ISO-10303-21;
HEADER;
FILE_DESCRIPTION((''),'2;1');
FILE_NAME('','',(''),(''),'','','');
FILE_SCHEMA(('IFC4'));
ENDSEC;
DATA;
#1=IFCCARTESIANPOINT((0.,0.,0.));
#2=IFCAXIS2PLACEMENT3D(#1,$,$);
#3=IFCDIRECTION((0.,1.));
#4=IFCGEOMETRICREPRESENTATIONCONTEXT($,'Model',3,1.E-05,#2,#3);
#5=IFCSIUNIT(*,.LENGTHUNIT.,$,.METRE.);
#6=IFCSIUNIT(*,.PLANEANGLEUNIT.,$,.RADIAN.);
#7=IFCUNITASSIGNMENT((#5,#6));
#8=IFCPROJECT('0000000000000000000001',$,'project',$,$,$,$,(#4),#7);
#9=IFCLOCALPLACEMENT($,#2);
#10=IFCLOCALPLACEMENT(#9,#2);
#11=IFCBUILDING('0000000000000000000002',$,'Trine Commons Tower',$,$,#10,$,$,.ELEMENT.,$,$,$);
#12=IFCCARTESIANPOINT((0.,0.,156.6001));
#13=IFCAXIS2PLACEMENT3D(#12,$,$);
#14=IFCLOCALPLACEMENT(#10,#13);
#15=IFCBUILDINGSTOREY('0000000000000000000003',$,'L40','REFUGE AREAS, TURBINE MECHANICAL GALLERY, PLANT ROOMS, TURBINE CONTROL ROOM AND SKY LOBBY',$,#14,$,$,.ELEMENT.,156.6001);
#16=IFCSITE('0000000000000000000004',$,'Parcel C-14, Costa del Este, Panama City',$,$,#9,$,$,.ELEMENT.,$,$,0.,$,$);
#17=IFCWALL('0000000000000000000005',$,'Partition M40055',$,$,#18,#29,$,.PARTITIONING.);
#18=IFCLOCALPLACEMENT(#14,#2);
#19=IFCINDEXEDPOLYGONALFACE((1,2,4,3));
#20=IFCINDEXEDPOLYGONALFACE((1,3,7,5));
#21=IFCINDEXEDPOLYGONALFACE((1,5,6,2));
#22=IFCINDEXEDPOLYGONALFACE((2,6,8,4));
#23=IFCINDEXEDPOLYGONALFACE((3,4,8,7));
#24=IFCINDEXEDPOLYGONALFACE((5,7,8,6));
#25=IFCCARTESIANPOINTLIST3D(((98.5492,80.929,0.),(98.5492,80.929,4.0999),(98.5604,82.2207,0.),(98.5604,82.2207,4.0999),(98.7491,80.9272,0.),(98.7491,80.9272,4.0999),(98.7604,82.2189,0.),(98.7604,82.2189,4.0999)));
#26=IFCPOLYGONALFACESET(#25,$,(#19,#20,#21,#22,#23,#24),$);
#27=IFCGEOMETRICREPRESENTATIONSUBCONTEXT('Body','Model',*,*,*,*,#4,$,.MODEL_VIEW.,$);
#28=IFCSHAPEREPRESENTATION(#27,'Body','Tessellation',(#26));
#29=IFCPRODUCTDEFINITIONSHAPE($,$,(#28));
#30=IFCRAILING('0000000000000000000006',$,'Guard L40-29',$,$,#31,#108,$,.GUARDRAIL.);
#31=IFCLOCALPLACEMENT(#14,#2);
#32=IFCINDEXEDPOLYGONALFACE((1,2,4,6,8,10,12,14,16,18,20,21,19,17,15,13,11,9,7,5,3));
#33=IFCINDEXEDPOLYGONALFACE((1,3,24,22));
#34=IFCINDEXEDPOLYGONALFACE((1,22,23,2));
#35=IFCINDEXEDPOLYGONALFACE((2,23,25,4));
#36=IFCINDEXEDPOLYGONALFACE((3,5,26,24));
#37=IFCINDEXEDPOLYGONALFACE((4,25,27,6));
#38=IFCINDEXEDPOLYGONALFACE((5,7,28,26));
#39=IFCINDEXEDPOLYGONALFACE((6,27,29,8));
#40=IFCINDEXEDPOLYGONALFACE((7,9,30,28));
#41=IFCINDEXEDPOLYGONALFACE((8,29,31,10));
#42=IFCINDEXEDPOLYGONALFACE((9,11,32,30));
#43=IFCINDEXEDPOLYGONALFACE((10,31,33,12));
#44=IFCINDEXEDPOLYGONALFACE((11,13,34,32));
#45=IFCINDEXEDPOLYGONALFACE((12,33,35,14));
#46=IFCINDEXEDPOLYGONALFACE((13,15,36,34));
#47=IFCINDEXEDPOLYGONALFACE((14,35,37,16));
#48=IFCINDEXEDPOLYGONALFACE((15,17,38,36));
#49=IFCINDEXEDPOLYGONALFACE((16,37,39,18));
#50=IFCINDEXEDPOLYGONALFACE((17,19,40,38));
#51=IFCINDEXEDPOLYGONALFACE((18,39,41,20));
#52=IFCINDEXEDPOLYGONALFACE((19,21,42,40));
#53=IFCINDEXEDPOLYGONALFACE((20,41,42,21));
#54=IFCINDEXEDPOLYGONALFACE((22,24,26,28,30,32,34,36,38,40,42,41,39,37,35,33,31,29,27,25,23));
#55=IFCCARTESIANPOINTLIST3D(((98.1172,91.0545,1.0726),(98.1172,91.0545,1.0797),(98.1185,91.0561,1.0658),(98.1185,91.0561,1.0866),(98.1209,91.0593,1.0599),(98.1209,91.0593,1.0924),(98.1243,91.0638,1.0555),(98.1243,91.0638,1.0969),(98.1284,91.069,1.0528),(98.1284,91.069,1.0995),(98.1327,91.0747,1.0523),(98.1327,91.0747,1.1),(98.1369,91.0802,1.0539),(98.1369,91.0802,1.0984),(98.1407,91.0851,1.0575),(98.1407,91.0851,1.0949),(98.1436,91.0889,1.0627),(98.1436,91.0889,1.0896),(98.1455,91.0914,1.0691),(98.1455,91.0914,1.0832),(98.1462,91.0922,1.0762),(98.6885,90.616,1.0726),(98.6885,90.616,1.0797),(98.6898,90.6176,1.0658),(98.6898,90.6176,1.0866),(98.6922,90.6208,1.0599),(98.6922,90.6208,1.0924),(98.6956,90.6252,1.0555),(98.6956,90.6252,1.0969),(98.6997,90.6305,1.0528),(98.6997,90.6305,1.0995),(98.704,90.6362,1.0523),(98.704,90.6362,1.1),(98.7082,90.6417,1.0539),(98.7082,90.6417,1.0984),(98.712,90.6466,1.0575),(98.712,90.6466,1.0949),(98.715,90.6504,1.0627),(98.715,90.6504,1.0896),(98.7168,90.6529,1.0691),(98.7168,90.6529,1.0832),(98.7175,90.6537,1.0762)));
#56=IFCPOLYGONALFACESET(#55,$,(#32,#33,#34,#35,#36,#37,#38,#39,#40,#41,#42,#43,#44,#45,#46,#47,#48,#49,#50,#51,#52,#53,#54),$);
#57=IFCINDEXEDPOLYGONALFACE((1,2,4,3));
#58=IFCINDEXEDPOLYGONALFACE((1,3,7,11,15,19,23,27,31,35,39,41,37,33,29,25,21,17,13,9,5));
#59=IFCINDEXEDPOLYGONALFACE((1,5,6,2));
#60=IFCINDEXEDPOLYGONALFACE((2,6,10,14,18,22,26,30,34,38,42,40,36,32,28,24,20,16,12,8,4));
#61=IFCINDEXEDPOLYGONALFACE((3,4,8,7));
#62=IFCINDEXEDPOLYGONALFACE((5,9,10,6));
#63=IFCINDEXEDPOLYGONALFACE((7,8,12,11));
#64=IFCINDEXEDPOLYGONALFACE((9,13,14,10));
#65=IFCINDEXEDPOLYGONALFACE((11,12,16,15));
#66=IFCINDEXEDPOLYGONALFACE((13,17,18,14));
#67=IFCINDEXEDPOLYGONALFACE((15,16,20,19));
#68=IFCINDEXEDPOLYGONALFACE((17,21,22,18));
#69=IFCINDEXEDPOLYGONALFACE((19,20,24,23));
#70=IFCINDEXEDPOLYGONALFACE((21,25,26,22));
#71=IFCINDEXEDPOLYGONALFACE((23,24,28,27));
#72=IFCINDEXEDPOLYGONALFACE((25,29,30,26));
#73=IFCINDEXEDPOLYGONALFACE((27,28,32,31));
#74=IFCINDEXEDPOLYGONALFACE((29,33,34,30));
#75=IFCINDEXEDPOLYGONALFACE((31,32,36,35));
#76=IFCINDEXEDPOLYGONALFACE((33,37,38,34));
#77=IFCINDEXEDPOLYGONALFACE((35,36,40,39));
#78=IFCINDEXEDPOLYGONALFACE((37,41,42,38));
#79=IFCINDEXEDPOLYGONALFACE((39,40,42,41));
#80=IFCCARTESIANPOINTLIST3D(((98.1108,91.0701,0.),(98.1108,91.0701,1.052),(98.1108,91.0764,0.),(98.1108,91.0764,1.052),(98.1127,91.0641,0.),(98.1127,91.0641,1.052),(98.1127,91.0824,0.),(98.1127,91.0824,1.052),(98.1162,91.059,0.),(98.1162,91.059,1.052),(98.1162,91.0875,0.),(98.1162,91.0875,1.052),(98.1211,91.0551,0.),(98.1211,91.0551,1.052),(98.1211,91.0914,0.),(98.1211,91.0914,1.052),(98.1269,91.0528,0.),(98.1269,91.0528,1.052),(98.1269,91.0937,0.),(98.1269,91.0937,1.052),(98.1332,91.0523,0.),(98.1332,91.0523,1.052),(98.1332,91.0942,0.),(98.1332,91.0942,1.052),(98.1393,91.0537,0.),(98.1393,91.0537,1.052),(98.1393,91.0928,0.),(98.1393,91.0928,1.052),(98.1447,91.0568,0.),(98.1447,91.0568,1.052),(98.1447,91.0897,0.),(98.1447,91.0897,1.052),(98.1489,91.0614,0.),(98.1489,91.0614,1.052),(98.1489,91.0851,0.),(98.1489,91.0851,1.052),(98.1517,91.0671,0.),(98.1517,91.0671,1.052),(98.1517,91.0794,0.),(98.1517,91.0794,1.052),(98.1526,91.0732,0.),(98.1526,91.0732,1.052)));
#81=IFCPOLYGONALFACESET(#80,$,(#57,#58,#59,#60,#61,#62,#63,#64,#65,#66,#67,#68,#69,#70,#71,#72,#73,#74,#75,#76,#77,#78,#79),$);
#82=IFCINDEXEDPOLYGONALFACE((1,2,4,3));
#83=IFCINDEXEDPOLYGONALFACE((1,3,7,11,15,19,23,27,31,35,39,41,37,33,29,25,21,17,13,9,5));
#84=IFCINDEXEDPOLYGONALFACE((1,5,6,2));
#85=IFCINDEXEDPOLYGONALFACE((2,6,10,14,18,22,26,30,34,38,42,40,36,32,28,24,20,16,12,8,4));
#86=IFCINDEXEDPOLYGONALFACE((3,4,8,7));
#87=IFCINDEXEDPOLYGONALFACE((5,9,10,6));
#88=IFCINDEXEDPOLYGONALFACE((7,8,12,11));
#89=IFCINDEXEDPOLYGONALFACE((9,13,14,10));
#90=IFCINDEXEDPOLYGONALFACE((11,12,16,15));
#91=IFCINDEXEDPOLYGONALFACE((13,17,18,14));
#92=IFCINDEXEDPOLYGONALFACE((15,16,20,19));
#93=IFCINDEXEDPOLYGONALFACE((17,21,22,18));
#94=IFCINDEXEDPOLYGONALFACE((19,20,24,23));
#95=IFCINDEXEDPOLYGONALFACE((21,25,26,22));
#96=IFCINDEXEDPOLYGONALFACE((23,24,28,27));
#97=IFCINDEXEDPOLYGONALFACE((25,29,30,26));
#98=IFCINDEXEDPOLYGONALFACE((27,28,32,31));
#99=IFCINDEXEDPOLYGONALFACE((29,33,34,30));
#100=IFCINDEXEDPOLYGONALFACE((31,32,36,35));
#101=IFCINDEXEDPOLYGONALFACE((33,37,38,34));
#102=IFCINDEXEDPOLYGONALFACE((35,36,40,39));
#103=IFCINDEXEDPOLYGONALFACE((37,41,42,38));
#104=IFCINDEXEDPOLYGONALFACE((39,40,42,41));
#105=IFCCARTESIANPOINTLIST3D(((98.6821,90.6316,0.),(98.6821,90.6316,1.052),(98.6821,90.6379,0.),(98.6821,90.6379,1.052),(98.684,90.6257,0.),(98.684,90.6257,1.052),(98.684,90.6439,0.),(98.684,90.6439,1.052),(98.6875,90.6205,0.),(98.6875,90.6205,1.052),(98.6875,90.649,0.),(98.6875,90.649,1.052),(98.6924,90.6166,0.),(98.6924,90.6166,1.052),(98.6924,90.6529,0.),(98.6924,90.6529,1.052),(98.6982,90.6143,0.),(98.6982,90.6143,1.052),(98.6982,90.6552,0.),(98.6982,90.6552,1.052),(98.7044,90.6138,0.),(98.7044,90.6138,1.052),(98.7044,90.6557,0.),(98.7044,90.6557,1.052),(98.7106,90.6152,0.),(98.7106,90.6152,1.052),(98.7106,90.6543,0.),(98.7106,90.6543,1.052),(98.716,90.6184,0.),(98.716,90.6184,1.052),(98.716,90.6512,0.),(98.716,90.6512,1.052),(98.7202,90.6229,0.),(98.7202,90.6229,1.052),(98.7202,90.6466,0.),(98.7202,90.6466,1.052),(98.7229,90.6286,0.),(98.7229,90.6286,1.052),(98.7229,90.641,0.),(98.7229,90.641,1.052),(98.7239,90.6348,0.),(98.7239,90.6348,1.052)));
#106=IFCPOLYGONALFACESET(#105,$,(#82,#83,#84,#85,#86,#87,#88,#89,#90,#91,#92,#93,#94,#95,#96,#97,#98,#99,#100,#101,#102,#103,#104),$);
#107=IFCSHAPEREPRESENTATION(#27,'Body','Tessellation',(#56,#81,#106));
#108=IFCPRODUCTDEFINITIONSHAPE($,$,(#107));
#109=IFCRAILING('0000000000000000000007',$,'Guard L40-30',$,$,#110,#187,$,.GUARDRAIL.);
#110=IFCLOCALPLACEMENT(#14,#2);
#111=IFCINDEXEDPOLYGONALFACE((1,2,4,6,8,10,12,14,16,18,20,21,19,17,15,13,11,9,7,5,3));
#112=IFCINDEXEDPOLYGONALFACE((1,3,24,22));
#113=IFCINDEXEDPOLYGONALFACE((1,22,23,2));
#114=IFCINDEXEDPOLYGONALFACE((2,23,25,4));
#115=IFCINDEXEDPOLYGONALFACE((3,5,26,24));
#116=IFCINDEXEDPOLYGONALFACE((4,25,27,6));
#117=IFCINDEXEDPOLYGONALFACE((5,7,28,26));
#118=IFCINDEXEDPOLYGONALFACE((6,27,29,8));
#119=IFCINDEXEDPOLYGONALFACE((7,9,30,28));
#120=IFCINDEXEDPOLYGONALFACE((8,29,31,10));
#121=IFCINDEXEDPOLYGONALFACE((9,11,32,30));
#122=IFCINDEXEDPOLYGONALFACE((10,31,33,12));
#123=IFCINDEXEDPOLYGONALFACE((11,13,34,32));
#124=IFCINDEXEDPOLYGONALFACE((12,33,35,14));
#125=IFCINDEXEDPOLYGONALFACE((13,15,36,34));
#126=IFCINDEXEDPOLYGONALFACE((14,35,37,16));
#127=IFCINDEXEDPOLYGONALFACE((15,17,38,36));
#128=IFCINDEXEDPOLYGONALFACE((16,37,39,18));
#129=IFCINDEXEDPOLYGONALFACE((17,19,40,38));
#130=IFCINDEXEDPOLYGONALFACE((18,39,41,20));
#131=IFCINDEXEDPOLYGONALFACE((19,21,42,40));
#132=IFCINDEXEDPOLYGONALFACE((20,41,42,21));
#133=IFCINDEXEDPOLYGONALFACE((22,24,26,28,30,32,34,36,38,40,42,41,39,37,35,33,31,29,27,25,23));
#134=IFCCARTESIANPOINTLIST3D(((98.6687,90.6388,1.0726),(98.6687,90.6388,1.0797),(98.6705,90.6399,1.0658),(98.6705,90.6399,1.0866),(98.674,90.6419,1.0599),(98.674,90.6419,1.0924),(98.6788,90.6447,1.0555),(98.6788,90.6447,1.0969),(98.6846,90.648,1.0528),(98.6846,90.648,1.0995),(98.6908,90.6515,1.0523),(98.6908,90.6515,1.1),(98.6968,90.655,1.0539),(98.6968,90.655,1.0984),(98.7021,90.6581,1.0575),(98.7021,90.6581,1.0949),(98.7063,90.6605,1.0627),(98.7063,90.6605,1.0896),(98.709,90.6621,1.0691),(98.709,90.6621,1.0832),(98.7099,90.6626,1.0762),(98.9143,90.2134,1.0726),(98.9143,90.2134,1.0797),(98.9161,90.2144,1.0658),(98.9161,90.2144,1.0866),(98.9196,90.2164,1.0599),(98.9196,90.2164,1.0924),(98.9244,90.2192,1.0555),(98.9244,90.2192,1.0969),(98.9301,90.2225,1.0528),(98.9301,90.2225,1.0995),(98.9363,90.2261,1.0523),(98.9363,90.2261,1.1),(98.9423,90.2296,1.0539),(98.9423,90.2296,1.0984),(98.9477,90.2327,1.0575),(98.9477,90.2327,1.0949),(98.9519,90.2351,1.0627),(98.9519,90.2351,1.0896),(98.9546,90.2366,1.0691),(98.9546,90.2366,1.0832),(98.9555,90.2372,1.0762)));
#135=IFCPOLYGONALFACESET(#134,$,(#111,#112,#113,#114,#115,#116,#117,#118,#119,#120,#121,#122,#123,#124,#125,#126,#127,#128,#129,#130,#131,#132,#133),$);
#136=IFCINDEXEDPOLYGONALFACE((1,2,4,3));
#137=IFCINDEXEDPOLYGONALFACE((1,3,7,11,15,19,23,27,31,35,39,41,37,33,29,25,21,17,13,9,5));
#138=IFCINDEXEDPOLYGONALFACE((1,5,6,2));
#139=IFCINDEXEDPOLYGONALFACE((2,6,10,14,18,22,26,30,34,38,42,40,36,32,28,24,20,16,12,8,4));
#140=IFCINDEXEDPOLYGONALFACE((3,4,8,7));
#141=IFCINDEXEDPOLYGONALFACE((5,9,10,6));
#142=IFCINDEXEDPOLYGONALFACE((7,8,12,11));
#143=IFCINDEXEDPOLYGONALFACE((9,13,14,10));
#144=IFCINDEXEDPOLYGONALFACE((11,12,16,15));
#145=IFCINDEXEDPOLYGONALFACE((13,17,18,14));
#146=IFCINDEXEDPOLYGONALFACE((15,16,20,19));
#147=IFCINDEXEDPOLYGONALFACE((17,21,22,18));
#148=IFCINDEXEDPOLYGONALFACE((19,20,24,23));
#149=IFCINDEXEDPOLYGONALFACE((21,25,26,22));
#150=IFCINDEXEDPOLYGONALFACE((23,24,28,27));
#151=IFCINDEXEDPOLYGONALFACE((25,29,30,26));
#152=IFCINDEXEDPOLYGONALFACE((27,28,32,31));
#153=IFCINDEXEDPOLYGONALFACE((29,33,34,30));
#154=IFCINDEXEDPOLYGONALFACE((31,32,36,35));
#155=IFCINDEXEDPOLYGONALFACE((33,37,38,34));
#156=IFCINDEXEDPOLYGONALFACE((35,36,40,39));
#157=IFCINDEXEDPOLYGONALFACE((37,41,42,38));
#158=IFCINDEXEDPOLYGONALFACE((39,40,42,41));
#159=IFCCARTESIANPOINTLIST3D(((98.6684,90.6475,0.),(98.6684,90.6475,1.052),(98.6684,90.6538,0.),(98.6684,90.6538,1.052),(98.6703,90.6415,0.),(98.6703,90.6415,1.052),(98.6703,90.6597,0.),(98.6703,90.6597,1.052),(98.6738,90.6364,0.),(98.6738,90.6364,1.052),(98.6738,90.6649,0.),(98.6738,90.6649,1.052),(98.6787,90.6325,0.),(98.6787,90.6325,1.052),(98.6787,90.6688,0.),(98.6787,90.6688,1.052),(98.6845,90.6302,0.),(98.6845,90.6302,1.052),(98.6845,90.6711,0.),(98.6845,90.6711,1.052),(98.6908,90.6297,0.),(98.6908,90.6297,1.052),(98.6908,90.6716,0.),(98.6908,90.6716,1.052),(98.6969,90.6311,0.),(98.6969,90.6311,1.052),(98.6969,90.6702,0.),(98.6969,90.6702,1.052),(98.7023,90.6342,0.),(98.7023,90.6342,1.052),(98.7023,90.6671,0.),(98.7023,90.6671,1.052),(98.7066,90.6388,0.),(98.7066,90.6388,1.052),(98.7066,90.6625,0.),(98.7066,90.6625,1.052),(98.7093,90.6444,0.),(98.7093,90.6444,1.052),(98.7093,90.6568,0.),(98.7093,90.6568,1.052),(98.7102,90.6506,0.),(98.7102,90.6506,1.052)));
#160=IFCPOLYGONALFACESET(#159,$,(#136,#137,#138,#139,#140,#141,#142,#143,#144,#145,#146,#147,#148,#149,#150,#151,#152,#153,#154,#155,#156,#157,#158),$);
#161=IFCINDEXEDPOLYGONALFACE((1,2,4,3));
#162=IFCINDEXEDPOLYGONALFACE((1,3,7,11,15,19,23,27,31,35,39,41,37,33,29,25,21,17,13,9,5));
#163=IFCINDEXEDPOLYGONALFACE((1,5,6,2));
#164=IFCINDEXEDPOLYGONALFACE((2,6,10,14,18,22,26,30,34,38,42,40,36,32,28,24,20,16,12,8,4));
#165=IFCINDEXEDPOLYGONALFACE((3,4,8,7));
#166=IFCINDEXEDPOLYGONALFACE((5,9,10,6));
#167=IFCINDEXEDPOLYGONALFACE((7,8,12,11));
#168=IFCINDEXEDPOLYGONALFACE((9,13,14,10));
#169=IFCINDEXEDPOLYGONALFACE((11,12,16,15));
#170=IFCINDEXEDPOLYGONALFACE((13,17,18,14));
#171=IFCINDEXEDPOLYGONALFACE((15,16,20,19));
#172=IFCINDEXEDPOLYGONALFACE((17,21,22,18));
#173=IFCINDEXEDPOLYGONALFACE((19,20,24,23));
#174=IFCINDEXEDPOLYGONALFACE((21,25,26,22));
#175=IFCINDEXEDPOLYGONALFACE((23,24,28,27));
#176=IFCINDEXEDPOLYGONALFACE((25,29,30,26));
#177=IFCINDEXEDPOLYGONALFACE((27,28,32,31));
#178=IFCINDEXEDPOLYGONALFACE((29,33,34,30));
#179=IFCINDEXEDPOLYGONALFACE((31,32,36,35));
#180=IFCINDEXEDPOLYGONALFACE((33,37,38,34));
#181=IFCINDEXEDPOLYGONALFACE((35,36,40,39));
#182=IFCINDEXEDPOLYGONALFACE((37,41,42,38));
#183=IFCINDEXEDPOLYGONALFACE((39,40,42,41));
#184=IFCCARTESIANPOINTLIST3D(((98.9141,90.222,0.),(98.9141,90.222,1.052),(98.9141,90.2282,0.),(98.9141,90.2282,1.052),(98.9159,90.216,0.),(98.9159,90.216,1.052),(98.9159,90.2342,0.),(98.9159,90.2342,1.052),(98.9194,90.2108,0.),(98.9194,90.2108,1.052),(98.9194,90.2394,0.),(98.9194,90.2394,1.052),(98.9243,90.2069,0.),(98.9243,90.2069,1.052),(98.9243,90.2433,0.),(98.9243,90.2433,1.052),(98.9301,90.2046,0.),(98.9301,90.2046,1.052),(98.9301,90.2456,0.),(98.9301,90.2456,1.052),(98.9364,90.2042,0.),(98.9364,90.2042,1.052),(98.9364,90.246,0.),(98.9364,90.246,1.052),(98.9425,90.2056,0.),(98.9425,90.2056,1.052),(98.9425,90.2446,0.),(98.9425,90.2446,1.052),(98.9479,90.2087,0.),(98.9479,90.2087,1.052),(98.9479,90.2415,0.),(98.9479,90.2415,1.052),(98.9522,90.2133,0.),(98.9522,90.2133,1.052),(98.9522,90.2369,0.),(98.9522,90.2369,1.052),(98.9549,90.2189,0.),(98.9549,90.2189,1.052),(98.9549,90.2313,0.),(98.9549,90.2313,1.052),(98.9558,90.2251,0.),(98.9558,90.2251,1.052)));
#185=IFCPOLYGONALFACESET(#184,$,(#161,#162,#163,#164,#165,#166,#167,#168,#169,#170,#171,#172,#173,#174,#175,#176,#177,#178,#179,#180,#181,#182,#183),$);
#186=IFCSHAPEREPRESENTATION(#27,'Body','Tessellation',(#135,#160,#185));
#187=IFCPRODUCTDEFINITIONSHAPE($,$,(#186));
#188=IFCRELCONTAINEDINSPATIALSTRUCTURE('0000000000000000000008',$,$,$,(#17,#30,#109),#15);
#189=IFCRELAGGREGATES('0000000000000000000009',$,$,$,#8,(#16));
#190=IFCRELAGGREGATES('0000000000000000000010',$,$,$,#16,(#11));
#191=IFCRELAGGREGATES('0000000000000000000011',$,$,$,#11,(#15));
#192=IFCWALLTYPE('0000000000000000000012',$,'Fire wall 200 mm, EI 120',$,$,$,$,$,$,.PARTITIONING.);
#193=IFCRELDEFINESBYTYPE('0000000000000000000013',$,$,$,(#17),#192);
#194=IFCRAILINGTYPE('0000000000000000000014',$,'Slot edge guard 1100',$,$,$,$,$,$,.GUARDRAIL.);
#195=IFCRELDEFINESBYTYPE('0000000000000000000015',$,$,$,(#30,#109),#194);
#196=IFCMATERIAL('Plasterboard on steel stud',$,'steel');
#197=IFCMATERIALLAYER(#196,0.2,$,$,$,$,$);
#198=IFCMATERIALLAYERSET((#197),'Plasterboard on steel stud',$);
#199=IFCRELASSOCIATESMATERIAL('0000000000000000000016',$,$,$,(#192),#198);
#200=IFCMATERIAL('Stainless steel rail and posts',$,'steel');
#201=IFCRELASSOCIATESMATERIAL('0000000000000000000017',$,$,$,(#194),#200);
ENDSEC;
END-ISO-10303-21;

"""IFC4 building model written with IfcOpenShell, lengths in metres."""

from ifc_helpers import new_model, si_unit, direction, frame, frame_2d, origin, origin_2d, place, context, subcontext, project, spatial, rectangle, circle, extrude, material, layer, layer_set, type_object, element, save


model = new_model("IFC4")

# Units and contexts
model_context = context("Model", 3, precision=1e-05, world=origin(), true_north=direction((0.0, 1.0)))
body_context = subcontext(model_context, "Body", "Model", "MODEL_VIEW")
ifc_project = project(units=[si_unit("LENGTHUNIT", "METRE"), si_unit("PLANEANGLEUNIT", "RADIAN")], contexts=[model_context])

# Site, building, storey
site_placement = place(None, origin())
site = spatial("IfcSite", under=ifc_project, at=site_placement, Name="Parcel C-14, Costa del Este, Panama City", CompositionType="ELEMENT", RefElevation=0.0)
building_placement = place(site_placement, origin())
building = spatial("IfcBuilding", under=site, at=building_placement, Name="Trine Commons Tower", CompositionType="ELEMENT")
storey_placement = place(building_placement, frame((0.0, 0.0, 156.6001)))
storey = spatial("IfcBuildingStorey", under=building, at=storey_placement, Name="L40", Description="REFUGE AREAS, TURBINE MECHANICAL GALLERY, PLANT ROOMS, TURBINE CONTROL ROOM AND SKY LOBBY", CompositionType="ELEMENT", Elevation=156.6001)

# Wall
ifc_material_1 = material(Name="Plasterboard on steel stud", Category="steel")
ifc_layer_1 = layer(ifc_material_1, 0.2)
ifc_layer_set_1 = layer_set([ifc_layer_1], Name="Plasterboard on steel stud")
wall_type_1 = type_object("IfcWallType", Name="Fire wall 200 mm, EI 120", PredefinedType="PARTITIONING", material=ifc_layer_set_1)
wall_1_placement = place(storey_placement, frame((98.6492, 80.928, 0.0), z_axis=(0.0, 0.0, 1.0), x_axis=(0.008694, 0.999962, 0.0)))
element("IfcWall", 1, at=wall_1_placement, inside=storey, type_object=wall_type_1, Name="Partition M40055", PredefinedType="PARTITIONING", context=body_context, shape_type="SweptSolid", body=[
    extrude(rectangle(XDim=1.2917, YDim=0.2, at=frame_2d((0.646, 0.0))), origin(), (0.0, 0.0, 1.0), 4.0999),
])

# Railings
ifc_material_2 = material(Name="Stainless steel rail and posts", Category="steel")
railing_type = type_object("IfcRailingType", Name="Slot edge guard 1100", PredefinedType="GUARDRAIL", material=ifc_material_2)
railing_1_placement = place(storey_placement, frame((98.1316, 91.0732, 0.0)))
element("IfcRailing", 2, at=railing_1_placement, inside=storey, type_object=railing_type, Name="Guard L40-29", PredefinedType="GUARDRAIL", context=body_context, shape_type="SweptSolid", body=[
    extrude(circle(Radius=0.0239, at=origin_2d()), frame((0.0, 0.0, 1.0762), z_axis=(0.793279, -0.608858, 0.0), x_axis=(0.608858, 0.793279, 0.0)), (0.0, 0.0, 1.0), 0.7202),
    extrude(circle(Radius=0.021, at=origin_2d()), origin(), (0.0, 0.0, 1.0), 1.052),
    extrude(circle(Radius=0.021, at=origin_2d()), frame((0.5713, -0.4385, 0.0)), (0.0, 0.0, 1.0), 1.052),
])
railing_2_placement = place(storey_placement, frame((98.6892, 90.6506, 0.0)))
element("IfcRailing", 3, at=railing_2_placement, inside=storey, type_object=railing_type, Name="Guard L40-30", PredefinedType="GUARDRAIL", context=body_context, shape_type="SweptSolid", body=[
    extrude(circle(Radius=0.0239, at=origin_2d()), frame((0.0, 0.0, 1.0762), z_axis=(0.49988, -0.866095, 0.0), x_axis=(0.866095, 0.49988, 0.0)), (0.0, 0.0, 1.0), 0.4912),
    extrude(circle(Radius=0.021, at=origin_2d()), origin(), (0.0, 0.0, 1.0), 1.052),
    extrude(circle(Radius=0.021, at=origin_2d()), frame((0.2456, -0.4255, 0.0)), (0.0, 0.0, 1.0), 1.052),
])

save(model, "model.ifc")
